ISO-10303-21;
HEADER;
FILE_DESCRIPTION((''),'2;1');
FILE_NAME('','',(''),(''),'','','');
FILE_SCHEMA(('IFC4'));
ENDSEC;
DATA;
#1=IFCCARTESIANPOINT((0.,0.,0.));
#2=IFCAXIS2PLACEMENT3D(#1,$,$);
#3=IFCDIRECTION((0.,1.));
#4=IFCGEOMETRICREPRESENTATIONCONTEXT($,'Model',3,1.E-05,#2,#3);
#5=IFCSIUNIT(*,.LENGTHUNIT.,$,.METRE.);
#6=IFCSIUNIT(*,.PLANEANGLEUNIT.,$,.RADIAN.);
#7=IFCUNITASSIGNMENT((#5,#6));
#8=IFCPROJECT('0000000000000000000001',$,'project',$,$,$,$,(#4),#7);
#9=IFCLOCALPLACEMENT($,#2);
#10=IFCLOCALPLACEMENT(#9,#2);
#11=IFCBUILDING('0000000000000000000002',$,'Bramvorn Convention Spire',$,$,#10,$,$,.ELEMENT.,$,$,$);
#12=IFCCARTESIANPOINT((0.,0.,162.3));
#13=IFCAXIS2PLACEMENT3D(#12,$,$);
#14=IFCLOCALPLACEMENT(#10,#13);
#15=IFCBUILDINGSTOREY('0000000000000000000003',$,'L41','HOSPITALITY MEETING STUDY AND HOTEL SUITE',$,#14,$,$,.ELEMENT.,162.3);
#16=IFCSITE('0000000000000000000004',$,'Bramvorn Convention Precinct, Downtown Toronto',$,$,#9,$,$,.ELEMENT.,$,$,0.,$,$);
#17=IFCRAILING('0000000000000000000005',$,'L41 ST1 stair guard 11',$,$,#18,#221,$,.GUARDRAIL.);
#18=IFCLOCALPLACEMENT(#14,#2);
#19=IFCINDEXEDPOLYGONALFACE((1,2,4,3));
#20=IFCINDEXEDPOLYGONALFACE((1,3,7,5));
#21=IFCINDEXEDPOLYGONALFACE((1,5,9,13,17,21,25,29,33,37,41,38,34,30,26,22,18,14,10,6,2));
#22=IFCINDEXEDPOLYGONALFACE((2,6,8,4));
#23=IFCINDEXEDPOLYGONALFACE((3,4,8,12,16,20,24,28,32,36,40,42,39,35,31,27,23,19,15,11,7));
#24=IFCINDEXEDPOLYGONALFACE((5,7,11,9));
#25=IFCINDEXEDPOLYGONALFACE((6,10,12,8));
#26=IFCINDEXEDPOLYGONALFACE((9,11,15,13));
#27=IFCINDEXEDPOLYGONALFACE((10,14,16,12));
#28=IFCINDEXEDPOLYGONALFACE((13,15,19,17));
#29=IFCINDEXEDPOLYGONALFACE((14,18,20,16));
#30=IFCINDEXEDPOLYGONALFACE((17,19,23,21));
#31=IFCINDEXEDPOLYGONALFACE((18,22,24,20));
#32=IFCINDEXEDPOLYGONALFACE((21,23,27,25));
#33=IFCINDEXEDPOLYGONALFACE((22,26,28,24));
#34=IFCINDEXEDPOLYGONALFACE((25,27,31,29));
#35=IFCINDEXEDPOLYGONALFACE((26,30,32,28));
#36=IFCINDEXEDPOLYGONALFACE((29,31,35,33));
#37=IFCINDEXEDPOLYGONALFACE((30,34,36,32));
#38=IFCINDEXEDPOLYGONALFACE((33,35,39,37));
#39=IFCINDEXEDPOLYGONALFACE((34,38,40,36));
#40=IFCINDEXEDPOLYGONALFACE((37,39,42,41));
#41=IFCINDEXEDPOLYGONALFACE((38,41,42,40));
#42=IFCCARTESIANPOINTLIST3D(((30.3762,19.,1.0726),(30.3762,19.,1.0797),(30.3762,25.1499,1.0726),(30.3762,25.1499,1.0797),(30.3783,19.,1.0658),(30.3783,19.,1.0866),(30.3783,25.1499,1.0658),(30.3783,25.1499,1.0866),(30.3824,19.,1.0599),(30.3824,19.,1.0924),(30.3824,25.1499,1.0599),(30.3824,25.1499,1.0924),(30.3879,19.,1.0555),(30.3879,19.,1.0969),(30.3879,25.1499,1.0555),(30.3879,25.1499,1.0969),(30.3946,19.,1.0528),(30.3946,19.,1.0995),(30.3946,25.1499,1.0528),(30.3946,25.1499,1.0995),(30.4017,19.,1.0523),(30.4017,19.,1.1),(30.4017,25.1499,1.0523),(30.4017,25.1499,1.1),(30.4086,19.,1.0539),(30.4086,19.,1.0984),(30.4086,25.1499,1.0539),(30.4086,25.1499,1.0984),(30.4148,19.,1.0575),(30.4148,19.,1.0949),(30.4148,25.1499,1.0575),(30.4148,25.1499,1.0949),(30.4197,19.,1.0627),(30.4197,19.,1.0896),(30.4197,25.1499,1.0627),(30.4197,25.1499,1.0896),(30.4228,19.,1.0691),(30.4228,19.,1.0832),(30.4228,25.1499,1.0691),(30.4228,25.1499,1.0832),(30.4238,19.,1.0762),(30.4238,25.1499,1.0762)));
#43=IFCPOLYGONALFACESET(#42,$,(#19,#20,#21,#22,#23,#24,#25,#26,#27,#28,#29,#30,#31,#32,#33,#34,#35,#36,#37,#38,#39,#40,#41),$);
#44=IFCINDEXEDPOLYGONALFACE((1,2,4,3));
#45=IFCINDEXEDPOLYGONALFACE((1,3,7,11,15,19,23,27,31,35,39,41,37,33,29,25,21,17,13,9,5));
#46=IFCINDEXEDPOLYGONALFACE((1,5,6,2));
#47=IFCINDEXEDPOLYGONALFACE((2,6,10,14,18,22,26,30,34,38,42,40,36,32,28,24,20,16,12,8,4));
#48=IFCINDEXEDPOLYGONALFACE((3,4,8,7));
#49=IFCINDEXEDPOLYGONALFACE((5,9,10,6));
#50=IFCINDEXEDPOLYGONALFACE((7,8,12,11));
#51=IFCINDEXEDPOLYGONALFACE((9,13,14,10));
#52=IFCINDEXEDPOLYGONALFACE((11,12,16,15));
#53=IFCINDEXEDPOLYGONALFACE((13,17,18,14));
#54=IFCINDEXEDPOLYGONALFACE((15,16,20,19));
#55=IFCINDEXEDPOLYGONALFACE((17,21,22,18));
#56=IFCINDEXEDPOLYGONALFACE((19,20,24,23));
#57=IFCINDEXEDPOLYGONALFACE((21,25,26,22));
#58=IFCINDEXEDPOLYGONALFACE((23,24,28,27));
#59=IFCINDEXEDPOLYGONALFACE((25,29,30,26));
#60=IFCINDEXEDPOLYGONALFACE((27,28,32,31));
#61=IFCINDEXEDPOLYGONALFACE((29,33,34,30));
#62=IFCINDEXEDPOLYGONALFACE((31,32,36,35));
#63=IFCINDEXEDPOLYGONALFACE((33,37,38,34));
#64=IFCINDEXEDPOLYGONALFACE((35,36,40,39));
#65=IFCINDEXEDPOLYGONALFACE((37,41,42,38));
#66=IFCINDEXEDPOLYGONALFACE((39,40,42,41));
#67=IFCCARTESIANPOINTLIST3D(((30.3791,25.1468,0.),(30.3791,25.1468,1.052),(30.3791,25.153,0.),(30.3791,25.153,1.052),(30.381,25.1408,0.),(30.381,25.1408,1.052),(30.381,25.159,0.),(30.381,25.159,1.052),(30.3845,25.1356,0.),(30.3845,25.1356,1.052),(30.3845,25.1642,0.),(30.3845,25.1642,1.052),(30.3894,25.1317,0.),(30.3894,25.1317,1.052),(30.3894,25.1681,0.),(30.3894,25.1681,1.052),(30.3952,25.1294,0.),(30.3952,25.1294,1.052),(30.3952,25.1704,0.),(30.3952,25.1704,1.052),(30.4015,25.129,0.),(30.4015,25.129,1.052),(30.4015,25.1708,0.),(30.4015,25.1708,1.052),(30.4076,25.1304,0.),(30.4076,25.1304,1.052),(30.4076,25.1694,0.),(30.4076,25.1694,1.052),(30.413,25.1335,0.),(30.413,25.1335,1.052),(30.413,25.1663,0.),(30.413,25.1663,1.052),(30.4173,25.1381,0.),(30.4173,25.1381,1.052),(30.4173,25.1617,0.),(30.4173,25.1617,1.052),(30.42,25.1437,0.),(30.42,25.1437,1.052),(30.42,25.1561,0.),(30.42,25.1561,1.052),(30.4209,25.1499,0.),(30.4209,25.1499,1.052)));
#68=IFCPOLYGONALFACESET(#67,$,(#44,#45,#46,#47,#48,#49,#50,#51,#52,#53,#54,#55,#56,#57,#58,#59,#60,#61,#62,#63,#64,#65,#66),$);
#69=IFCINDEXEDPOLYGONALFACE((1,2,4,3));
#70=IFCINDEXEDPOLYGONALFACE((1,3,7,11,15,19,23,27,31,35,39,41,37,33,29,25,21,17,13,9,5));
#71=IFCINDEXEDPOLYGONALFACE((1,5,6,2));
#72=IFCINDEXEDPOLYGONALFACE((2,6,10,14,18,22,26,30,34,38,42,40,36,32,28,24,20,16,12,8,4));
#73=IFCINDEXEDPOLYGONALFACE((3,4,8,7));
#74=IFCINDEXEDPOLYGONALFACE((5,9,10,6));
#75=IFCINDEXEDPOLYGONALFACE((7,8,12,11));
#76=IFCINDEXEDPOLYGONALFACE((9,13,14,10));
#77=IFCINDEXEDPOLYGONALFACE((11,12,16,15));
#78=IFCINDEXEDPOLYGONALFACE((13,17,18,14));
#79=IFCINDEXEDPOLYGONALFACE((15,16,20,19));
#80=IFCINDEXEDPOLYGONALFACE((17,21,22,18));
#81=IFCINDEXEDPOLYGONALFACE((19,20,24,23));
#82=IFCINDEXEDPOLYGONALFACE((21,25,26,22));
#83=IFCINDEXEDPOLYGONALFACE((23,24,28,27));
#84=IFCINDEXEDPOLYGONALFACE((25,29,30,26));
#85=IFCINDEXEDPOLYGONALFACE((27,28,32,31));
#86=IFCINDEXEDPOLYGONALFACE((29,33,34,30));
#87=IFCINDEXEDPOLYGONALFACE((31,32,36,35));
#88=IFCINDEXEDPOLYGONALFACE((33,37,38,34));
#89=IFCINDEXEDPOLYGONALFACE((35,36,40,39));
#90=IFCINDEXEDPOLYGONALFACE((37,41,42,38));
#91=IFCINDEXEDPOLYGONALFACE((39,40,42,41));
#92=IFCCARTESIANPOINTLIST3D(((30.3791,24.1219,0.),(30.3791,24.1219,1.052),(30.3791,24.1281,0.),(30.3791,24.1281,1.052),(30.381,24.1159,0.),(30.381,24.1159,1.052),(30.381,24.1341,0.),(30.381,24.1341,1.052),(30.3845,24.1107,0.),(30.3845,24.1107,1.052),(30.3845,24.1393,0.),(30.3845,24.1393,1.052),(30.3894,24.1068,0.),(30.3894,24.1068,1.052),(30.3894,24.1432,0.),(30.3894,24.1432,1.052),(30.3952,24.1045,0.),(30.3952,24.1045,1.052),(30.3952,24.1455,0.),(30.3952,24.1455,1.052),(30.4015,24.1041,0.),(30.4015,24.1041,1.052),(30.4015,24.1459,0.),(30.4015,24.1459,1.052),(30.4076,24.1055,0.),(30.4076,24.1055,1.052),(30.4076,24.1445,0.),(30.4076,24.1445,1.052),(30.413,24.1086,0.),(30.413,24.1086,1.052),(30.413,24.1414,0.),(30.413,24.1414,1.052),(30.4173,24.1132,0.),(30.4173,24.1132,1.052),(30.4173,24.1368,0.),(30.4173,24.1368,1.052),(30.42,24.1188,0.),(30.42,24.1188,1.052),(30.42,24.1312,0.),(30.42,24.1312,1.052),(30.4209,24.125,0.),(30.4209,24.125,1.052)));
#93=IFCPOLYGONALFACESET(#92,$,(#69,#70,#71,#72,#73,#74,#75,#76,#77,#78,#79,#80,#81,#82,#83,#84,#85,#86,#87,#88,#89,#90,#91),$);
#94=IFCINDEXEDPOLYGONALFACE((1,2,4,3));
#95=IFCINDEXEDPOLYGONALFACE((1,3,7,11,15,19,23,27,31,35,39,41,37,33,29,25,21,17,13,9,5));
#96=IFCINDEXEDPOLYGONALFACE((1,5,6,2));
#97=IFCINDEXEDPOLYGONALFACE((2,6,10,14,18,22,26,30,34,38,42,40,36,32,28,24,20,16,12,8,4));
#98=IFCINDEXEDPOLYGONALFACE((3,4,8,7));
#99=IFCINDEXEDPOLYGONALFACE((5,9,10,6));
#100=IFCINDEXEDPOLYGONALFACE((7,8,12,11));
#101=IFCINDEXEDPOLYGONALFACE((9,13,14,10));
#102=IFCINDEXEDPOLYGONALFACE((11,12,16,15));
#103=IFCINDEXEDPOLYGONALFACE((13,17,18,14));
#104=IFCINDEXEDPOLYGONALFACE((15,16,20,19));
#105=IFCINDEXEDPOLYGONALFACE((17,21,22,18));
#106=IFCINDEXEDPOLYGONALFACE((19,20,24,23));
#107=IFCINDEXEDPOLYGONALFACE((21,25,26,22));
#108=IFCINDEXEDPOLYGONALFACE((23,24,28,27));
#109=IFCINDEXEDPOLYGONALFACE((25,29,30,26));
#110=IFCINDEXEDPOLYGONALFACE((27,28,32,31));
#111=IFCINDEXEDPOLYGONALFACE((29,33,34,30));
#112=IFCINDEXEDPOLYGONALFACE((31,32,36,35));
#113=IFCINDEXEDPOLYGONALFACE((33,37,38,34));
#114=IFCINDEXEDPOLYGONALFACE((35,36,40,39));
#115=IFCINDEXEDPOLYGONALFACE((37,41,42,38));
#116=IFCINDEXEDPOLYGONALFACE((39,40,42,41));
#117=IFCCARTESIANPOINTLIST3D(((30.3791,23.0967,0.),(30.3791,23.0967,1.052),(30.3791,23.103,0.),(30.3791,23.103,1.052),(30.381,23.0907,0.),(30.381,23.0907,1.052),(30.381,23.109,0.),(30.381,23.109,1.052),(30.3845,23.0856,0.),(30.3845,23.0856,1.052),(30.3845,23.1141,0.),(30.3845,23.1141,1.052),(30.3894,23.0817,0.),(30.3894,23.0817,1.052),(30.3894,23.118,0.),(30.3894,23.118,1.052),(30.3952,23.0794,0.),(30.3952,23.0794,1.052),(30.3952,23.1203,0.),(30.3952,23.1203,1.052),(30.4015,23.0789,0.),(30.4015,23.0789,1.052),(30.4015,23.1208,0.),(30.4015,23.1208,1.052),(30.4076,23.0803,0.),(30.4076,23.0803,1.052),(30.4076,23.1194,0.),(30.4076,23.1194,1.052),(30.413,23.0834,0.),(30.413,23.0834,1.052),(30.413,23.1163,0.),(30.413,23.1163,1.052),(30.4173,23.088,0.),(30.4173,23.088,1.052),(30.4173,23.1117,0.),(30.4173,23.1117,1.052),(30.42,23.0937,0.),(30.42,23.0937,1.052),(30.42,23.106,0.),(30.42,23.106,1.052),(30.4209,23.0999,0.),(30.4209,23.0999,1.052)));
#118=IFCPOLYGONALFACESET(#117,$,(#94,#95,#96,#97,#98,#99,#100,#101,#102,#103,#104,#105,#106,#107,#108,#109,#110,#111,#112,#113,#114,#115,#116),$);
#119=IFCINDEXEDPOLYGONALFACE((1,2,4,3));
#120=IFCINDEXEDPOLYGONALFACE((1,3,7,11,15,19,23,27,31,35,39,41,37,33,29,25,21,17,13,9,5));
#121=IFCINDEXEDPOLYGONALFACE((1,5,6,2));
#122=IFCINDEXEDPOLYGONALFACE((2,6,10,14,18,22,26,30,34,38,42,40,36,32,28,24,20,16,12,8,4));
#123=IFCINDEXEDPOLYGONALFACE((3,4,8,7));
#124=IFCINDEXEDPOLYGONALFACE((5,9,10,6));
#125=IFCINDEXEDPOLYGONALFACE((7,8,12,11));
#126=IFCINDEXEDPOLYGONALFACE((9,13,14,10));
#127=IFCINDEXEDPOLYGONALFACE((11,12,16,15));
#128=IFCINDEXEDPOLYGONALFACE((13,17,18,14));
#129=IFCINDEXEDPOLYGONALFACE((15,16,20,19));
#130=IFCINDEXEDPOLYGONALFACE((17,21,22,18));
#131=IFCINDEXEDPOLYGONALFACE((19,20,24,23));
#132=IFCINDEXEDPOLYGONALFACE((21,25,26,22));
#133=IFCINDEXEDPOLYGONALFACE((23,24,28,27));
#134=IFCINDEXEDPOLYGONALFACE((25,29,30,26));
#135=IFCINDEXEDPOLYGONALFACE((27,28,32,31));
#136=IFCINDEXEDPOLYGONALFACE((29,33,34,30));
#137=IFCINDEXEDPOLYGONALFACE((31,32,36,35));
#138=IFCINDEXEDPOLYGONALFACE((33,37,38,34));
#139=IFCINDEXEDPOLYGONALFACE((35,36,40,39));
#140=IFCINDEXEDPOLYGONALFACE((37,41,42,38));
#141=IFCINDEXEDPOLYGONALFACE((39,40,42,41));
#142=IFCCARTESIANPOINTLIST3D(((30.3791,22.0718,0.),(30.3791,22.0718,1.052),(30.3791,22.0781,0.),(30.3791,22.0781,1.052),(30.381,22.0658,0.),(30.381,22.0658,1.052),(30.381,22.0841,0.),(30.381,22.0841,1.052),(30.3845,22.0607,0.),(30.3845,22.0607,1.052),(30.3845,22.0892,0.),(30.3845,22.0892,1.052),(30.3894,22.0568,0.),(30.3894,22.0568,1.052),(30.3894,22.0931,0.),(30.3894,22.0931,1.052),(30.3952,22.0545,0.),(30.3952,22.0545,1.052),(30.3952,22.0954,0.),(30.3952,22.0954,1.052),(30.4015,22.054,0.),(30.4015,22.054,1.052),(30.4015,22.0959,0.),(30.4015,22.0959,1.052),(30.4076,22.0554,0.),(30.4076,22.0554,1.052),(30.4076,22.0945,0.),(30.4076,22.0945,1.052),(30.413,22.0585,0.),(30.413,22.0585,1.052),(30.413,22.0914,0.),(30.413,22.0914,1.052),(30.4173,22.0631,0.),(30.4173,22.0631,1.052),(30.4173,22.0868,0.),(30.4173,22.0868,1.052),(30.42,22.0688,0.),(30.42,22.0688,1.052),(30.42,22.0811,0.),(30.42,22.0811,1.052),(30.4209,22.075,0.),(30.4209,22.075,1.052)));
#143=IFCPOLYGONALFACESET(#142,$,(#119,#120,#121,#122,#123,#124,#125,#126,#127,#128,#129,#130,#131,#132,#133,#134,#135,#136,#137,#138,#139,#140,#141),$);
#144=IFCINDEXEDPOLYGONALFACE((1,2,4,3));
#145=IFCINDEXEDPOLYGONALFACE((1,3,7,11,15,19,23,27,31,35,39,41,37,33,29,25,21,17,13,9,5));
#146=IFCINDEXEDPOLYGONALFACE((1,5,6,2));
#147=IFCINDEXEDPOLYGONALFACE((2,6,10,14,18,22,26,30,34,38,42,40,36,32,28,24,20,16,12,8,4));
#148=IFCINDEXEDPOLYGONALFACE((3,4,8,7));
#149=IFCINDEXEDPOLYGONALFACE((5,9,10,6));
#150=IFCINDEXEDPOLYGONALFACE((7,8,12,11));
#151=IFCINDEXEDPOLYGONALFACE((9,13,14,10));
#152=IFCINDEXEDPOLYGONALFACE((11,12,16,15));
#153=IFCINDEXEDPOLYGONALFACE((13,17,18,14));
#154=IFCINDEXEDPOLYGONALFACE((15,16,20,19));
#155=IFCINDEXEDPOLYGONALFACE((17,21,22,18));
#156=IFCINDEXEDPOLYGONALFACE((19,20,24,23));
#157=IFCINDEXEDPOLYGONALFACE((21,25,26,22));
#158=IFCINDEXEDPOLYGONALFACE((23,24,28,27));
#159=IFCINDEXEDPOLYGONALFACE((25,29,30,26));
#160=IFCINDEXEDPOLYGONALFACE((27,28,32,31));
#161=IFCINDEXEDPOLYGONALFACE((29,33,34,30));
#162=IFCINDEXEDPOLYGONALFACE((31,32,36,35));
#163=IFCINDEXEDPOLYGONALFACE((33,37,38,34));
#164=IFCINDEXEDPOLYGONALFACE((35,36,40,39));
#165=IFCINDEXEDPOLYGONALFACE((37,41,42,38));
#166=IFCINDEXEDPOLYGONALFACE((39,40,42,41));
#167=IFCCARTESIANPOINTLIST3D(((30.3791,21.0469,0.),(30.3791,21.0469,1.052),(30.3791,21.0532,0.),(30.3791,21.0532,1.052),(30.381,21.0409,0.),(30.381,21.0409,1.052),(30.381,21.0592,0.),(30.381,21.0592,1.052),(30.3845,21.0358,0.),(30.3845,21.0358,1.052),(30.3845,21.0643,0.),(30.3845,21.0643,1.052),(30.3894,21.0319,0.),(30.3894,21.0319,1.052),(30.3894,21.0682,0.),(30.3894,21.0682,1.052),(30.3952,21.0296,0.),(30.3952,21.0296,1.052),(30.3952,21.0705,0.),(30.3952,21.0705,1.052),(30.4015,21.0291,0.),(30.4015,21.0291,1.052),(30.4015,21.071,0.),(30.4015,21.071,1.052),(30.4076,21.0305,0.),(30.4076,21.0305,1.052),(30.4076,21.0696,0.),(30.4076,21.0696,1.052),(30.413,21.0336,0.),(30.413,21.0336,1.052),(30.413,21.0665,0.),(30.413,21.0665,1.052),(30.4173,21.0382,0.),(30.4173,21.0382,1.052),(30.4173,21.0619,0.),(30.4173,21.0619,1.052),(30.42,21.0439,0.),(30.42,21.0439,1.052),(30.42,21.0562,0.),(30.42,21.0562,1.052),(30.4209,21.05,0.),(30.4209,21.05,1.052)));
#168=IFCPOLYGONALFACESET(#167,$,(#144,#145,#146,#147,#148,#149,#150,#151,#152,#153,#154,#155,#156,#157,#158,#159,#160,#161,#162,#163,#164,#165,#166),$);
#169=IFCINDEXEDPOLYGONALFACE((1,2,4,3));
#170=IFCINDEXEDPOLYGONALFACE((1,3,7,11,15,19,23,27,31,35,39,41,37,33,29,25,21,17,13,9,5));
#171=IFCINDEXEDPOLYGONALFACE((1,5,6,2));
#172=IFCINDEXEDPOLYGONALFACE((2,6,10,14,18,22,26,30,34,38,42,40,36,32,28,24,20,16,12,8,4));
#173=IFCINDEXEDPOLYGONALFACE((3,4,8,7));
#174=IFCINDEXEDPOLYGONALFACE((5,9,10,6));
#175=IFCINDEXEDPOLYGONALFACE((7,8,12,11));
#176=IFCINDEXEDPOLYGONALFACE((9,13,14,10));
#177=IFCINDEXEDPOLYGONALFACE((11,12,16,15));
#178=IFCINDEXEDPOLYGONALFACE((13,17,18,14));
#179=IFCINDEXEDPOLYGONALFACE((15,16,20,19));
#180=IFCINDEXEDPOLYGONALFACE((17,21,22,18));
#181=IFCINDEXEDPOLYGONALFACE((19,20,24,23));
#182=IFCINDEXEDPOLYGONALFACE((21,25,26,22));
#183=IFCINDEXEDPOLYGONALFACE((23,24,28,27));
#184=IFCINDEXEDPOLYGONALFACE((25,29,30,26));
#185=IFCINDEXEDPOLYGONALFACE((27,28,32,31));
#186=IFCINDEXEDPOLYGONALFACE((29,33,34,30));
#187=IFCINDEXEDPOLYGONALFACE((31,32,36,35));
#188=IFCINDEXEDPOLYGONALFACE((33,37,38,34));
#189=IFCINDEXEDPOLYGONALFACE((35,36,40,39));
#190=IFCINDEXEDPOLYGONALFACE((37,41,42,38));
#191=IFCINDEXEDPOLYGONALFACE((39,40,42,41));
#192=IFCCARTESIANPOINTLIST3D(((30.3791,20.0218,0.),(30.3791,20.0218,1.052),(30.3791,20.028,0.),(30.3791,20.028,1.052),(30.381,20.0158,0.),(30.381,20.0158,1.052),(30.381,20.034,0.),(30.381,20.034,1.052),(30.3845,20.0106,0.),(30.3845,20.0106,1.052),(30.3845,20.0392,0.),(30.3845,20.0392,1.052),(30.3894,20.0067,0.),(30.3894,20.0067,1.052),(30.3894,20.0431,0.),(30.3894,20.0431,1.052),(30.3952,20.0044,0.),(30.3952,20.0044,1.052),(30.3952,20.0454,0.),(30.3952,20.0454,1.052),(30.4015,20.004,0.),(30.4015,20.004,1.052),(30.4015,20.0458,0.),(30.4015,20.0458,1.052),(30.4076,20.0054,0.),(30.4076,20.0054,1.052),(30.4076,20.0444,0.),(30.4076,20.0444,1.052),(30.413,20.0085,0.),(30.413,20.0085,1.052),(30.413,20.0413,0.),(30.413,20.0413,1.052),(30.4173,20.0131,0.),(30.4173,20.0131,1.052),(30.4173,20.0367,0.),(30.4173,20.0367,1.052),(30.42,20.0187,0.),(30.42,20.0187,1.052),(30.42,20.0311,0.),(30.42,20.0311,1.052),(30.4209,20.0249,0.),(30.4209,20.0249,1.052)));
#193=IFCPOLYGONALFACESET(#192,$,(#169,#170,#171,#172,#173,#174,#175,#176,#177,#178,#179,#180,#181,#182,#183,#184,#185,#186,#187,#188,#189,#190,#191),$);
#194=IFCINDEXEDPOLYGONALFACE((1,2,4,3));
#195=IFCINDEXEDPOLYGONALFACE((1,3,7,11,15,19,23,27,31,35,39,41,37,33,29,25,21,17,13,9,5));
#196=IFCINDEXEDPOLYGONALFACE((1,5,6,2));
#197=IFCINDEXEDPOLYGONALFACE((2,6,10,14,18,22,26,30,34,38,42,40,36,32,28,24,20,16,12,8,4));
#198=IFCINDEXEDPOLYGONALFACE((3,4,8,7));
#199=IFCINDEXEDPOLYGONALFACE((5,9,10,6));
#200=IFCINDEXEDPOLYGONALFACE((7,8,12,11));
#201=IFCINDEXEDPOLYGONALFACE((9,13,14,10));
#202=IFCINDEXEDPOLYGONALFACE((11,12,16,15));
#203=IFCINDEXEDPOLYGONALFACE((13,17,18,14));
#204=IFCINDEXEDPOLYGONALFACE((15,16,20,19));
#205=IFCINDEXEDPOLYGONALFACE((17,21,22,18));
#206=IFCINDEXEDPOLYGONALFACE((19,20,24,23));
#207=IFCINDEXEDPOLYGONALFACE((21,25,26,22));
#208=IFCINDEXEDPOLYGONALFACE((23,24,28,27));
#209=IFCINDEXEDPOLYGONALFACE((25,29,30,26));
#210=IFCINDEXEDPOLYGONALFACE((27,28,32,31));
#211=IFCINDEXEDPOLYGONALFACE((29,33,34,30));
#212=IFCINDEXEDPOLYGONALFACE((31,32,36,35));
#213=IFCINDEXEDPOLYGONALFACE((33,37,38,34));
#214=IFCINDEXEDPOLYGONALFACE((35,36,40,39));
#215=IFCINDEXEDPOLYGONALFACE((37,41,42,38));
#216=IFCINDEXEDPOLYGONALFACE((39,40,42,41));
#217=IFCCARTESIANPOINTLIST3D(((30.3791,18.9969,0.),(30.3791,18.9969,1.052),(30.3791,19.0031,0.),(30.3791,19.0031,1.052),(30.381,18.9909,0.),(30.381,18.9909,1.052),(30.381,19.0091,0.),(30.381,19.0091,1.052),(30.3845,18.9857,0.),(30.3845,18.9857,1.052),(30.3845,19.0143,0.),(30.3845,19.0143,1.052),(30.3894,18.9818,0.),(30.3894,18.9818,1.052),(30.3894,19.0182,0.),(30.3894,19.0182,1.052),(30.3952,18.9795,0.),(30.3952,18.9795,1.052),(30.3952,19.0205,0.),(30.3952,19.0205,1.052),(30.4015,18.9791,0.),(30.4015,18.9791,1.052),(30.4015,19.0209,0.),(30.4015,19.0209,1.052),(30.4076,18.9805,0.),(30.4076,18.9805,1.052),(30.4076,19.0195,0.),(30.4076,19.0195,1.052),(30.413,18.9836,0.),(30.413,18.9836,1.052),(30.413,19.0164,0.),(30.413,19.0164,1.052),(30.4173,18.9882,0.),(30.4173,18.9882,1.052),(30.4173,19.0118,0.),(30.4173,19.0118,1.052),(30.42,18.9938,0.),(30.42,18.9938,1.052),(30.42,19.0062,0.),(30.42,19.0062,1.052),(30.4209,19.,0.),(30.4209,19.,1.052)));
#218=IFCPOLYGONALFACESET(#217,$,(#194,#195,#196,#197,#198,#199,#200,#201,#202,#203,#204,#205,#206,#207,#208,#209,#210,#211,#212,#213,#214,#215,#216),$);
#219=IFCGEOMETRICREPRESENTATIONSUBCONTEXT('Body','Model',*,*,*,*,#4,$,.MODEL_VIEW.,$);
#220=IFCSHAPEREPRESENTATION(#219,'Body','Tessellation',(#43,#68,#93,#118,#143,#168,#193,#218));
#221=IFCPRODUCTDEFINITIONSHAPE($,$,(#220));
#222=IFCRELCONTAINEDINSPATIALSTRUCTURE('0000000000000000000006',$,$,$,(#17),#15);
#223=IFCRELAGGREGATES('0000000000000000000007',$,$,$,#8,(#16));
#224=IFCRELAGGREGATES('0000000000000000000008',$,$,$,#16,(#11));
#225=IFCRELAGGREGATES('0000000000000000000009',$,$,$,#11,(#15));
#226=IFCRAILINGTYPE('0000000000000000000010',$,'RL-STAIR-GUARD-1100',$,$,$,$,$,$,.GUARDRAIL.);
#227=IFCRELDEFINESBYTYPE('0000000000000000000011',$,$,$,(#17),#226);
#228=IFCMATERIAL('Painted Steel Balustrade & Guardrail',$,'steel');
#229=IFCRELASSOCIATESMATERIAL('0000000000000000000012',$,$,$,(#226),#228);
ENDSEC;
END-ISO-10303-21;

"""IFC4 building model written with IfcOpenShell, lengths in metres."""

from ifc_helpers import new_model, si_unit, direction, frame, origin, origin_2d, place, context, subcontext, project, spatial, circle, extrude, material, type_object, element, save


model = new_model("IFC4")

# Units and contexts
model_context = context("Model", 3, precision=1e-05, world=origin(), true_north=direction((0.0, 1.0)))
body_context = subcontext(model_context, "Body", "Model", "MODEL_VIEW")
ifc_project = project(units=[si_unit("LENGTHUNIT", "METRE"), si_unit("PLANEANGLEUNIT", "RADIAN")], contexts=[model_context])

# Site, building, storey
site_placement = place(None, origin())
site = spatial("IfcSite", under=ifc_project, at=site_placement, Name="Bramvorn Convention Precinct, Downtown Toronto", CompositionType="ELEMENT", RefElevation=0.0)
building_placement = place(site_placement, origin())
building = spatial("IfcBuilding", under=site, at=building_placement, Name="Bramvorn Convention Spire", CompositionType="ELEMENT")
storey_placement = place(building_placement, frame((0.0, 0.0, 162.3)))
storey = spatial("IfcBuildingStorey", under=building, at=storey_placement, Name="L41", Description="HOSPITALITY MEETING STUDY AND HOTEL SUITE", CompositionType="ELEMENT", Elevation=162.3)

# Railing
ifc_material_1 = material(Name="Painted Steel Balustrade & Guardrail", Category="steel")
railing_type = type_object("IfcRailingType", Name="RL-STAIR-GUARD-1100", PredefinedType="GUARDRAIL", material=ifc_material_1)
railing_1_placement = place(storey_placement, frame((30.3999, 25.1499, 0.0)))
element("IfcRailing", 1, at=railing_1_placement, inside=storey, type_object=railing_type, Name="L41 ST1 stair guard 11", PredefinedType="GUARDRAIL", context=body_context, shape_type="SweptSolid", body=[
    extrude(circle(Radius=0.0239, at=origin_2d()), frame((0.0, 0.0, 1.0762), z_axis=(0.0, -1.0, 0.0), x_axis=(1.0, 0.0, 0.0)), (0.0, 0.0, 1.0), 6.1499),
    extrude(circle(Radius=0.021, at=origin_2d()), origin(), (0.0, 0.0, 1.0), 1.052),
    extrude(circle(Radius=0.021, at=origin_2d()), frame((0.0, -1.0249, 0.0)), (0.0, 0.0, 1.0), 1.052),
    extrude(circle(Radius=0.021, at=origin_2d()), frame((0.0, -2.05, 0.0)), (0.0, 0.0, 1.0), 1.052),
    extrude(circle(Radius=0.021, at=origin_2d()), frame((0.0, -3.075, 0.0)), (0.0, 0.0, 1.0), 1.052),
    extrude(circle(Radius=0.021, at=origin_2d()), frame((0.0, -4.0999, 0.0)), (0.0, 0.0, 1.0), 1.052),
    extrude(circle(Radius=0.021, at=origin_2d()), frame((0.0, -5.125, 0.0)), (0.0, 0.0, 1.0), 1.052),
    extrude(circle(Radius=0.021, at=origin_2d()), frame((0.0, -6.1499, 0.0)), (0.0, 0.0, 1.0), 1.052),
])

save(model, "model.ifc")
